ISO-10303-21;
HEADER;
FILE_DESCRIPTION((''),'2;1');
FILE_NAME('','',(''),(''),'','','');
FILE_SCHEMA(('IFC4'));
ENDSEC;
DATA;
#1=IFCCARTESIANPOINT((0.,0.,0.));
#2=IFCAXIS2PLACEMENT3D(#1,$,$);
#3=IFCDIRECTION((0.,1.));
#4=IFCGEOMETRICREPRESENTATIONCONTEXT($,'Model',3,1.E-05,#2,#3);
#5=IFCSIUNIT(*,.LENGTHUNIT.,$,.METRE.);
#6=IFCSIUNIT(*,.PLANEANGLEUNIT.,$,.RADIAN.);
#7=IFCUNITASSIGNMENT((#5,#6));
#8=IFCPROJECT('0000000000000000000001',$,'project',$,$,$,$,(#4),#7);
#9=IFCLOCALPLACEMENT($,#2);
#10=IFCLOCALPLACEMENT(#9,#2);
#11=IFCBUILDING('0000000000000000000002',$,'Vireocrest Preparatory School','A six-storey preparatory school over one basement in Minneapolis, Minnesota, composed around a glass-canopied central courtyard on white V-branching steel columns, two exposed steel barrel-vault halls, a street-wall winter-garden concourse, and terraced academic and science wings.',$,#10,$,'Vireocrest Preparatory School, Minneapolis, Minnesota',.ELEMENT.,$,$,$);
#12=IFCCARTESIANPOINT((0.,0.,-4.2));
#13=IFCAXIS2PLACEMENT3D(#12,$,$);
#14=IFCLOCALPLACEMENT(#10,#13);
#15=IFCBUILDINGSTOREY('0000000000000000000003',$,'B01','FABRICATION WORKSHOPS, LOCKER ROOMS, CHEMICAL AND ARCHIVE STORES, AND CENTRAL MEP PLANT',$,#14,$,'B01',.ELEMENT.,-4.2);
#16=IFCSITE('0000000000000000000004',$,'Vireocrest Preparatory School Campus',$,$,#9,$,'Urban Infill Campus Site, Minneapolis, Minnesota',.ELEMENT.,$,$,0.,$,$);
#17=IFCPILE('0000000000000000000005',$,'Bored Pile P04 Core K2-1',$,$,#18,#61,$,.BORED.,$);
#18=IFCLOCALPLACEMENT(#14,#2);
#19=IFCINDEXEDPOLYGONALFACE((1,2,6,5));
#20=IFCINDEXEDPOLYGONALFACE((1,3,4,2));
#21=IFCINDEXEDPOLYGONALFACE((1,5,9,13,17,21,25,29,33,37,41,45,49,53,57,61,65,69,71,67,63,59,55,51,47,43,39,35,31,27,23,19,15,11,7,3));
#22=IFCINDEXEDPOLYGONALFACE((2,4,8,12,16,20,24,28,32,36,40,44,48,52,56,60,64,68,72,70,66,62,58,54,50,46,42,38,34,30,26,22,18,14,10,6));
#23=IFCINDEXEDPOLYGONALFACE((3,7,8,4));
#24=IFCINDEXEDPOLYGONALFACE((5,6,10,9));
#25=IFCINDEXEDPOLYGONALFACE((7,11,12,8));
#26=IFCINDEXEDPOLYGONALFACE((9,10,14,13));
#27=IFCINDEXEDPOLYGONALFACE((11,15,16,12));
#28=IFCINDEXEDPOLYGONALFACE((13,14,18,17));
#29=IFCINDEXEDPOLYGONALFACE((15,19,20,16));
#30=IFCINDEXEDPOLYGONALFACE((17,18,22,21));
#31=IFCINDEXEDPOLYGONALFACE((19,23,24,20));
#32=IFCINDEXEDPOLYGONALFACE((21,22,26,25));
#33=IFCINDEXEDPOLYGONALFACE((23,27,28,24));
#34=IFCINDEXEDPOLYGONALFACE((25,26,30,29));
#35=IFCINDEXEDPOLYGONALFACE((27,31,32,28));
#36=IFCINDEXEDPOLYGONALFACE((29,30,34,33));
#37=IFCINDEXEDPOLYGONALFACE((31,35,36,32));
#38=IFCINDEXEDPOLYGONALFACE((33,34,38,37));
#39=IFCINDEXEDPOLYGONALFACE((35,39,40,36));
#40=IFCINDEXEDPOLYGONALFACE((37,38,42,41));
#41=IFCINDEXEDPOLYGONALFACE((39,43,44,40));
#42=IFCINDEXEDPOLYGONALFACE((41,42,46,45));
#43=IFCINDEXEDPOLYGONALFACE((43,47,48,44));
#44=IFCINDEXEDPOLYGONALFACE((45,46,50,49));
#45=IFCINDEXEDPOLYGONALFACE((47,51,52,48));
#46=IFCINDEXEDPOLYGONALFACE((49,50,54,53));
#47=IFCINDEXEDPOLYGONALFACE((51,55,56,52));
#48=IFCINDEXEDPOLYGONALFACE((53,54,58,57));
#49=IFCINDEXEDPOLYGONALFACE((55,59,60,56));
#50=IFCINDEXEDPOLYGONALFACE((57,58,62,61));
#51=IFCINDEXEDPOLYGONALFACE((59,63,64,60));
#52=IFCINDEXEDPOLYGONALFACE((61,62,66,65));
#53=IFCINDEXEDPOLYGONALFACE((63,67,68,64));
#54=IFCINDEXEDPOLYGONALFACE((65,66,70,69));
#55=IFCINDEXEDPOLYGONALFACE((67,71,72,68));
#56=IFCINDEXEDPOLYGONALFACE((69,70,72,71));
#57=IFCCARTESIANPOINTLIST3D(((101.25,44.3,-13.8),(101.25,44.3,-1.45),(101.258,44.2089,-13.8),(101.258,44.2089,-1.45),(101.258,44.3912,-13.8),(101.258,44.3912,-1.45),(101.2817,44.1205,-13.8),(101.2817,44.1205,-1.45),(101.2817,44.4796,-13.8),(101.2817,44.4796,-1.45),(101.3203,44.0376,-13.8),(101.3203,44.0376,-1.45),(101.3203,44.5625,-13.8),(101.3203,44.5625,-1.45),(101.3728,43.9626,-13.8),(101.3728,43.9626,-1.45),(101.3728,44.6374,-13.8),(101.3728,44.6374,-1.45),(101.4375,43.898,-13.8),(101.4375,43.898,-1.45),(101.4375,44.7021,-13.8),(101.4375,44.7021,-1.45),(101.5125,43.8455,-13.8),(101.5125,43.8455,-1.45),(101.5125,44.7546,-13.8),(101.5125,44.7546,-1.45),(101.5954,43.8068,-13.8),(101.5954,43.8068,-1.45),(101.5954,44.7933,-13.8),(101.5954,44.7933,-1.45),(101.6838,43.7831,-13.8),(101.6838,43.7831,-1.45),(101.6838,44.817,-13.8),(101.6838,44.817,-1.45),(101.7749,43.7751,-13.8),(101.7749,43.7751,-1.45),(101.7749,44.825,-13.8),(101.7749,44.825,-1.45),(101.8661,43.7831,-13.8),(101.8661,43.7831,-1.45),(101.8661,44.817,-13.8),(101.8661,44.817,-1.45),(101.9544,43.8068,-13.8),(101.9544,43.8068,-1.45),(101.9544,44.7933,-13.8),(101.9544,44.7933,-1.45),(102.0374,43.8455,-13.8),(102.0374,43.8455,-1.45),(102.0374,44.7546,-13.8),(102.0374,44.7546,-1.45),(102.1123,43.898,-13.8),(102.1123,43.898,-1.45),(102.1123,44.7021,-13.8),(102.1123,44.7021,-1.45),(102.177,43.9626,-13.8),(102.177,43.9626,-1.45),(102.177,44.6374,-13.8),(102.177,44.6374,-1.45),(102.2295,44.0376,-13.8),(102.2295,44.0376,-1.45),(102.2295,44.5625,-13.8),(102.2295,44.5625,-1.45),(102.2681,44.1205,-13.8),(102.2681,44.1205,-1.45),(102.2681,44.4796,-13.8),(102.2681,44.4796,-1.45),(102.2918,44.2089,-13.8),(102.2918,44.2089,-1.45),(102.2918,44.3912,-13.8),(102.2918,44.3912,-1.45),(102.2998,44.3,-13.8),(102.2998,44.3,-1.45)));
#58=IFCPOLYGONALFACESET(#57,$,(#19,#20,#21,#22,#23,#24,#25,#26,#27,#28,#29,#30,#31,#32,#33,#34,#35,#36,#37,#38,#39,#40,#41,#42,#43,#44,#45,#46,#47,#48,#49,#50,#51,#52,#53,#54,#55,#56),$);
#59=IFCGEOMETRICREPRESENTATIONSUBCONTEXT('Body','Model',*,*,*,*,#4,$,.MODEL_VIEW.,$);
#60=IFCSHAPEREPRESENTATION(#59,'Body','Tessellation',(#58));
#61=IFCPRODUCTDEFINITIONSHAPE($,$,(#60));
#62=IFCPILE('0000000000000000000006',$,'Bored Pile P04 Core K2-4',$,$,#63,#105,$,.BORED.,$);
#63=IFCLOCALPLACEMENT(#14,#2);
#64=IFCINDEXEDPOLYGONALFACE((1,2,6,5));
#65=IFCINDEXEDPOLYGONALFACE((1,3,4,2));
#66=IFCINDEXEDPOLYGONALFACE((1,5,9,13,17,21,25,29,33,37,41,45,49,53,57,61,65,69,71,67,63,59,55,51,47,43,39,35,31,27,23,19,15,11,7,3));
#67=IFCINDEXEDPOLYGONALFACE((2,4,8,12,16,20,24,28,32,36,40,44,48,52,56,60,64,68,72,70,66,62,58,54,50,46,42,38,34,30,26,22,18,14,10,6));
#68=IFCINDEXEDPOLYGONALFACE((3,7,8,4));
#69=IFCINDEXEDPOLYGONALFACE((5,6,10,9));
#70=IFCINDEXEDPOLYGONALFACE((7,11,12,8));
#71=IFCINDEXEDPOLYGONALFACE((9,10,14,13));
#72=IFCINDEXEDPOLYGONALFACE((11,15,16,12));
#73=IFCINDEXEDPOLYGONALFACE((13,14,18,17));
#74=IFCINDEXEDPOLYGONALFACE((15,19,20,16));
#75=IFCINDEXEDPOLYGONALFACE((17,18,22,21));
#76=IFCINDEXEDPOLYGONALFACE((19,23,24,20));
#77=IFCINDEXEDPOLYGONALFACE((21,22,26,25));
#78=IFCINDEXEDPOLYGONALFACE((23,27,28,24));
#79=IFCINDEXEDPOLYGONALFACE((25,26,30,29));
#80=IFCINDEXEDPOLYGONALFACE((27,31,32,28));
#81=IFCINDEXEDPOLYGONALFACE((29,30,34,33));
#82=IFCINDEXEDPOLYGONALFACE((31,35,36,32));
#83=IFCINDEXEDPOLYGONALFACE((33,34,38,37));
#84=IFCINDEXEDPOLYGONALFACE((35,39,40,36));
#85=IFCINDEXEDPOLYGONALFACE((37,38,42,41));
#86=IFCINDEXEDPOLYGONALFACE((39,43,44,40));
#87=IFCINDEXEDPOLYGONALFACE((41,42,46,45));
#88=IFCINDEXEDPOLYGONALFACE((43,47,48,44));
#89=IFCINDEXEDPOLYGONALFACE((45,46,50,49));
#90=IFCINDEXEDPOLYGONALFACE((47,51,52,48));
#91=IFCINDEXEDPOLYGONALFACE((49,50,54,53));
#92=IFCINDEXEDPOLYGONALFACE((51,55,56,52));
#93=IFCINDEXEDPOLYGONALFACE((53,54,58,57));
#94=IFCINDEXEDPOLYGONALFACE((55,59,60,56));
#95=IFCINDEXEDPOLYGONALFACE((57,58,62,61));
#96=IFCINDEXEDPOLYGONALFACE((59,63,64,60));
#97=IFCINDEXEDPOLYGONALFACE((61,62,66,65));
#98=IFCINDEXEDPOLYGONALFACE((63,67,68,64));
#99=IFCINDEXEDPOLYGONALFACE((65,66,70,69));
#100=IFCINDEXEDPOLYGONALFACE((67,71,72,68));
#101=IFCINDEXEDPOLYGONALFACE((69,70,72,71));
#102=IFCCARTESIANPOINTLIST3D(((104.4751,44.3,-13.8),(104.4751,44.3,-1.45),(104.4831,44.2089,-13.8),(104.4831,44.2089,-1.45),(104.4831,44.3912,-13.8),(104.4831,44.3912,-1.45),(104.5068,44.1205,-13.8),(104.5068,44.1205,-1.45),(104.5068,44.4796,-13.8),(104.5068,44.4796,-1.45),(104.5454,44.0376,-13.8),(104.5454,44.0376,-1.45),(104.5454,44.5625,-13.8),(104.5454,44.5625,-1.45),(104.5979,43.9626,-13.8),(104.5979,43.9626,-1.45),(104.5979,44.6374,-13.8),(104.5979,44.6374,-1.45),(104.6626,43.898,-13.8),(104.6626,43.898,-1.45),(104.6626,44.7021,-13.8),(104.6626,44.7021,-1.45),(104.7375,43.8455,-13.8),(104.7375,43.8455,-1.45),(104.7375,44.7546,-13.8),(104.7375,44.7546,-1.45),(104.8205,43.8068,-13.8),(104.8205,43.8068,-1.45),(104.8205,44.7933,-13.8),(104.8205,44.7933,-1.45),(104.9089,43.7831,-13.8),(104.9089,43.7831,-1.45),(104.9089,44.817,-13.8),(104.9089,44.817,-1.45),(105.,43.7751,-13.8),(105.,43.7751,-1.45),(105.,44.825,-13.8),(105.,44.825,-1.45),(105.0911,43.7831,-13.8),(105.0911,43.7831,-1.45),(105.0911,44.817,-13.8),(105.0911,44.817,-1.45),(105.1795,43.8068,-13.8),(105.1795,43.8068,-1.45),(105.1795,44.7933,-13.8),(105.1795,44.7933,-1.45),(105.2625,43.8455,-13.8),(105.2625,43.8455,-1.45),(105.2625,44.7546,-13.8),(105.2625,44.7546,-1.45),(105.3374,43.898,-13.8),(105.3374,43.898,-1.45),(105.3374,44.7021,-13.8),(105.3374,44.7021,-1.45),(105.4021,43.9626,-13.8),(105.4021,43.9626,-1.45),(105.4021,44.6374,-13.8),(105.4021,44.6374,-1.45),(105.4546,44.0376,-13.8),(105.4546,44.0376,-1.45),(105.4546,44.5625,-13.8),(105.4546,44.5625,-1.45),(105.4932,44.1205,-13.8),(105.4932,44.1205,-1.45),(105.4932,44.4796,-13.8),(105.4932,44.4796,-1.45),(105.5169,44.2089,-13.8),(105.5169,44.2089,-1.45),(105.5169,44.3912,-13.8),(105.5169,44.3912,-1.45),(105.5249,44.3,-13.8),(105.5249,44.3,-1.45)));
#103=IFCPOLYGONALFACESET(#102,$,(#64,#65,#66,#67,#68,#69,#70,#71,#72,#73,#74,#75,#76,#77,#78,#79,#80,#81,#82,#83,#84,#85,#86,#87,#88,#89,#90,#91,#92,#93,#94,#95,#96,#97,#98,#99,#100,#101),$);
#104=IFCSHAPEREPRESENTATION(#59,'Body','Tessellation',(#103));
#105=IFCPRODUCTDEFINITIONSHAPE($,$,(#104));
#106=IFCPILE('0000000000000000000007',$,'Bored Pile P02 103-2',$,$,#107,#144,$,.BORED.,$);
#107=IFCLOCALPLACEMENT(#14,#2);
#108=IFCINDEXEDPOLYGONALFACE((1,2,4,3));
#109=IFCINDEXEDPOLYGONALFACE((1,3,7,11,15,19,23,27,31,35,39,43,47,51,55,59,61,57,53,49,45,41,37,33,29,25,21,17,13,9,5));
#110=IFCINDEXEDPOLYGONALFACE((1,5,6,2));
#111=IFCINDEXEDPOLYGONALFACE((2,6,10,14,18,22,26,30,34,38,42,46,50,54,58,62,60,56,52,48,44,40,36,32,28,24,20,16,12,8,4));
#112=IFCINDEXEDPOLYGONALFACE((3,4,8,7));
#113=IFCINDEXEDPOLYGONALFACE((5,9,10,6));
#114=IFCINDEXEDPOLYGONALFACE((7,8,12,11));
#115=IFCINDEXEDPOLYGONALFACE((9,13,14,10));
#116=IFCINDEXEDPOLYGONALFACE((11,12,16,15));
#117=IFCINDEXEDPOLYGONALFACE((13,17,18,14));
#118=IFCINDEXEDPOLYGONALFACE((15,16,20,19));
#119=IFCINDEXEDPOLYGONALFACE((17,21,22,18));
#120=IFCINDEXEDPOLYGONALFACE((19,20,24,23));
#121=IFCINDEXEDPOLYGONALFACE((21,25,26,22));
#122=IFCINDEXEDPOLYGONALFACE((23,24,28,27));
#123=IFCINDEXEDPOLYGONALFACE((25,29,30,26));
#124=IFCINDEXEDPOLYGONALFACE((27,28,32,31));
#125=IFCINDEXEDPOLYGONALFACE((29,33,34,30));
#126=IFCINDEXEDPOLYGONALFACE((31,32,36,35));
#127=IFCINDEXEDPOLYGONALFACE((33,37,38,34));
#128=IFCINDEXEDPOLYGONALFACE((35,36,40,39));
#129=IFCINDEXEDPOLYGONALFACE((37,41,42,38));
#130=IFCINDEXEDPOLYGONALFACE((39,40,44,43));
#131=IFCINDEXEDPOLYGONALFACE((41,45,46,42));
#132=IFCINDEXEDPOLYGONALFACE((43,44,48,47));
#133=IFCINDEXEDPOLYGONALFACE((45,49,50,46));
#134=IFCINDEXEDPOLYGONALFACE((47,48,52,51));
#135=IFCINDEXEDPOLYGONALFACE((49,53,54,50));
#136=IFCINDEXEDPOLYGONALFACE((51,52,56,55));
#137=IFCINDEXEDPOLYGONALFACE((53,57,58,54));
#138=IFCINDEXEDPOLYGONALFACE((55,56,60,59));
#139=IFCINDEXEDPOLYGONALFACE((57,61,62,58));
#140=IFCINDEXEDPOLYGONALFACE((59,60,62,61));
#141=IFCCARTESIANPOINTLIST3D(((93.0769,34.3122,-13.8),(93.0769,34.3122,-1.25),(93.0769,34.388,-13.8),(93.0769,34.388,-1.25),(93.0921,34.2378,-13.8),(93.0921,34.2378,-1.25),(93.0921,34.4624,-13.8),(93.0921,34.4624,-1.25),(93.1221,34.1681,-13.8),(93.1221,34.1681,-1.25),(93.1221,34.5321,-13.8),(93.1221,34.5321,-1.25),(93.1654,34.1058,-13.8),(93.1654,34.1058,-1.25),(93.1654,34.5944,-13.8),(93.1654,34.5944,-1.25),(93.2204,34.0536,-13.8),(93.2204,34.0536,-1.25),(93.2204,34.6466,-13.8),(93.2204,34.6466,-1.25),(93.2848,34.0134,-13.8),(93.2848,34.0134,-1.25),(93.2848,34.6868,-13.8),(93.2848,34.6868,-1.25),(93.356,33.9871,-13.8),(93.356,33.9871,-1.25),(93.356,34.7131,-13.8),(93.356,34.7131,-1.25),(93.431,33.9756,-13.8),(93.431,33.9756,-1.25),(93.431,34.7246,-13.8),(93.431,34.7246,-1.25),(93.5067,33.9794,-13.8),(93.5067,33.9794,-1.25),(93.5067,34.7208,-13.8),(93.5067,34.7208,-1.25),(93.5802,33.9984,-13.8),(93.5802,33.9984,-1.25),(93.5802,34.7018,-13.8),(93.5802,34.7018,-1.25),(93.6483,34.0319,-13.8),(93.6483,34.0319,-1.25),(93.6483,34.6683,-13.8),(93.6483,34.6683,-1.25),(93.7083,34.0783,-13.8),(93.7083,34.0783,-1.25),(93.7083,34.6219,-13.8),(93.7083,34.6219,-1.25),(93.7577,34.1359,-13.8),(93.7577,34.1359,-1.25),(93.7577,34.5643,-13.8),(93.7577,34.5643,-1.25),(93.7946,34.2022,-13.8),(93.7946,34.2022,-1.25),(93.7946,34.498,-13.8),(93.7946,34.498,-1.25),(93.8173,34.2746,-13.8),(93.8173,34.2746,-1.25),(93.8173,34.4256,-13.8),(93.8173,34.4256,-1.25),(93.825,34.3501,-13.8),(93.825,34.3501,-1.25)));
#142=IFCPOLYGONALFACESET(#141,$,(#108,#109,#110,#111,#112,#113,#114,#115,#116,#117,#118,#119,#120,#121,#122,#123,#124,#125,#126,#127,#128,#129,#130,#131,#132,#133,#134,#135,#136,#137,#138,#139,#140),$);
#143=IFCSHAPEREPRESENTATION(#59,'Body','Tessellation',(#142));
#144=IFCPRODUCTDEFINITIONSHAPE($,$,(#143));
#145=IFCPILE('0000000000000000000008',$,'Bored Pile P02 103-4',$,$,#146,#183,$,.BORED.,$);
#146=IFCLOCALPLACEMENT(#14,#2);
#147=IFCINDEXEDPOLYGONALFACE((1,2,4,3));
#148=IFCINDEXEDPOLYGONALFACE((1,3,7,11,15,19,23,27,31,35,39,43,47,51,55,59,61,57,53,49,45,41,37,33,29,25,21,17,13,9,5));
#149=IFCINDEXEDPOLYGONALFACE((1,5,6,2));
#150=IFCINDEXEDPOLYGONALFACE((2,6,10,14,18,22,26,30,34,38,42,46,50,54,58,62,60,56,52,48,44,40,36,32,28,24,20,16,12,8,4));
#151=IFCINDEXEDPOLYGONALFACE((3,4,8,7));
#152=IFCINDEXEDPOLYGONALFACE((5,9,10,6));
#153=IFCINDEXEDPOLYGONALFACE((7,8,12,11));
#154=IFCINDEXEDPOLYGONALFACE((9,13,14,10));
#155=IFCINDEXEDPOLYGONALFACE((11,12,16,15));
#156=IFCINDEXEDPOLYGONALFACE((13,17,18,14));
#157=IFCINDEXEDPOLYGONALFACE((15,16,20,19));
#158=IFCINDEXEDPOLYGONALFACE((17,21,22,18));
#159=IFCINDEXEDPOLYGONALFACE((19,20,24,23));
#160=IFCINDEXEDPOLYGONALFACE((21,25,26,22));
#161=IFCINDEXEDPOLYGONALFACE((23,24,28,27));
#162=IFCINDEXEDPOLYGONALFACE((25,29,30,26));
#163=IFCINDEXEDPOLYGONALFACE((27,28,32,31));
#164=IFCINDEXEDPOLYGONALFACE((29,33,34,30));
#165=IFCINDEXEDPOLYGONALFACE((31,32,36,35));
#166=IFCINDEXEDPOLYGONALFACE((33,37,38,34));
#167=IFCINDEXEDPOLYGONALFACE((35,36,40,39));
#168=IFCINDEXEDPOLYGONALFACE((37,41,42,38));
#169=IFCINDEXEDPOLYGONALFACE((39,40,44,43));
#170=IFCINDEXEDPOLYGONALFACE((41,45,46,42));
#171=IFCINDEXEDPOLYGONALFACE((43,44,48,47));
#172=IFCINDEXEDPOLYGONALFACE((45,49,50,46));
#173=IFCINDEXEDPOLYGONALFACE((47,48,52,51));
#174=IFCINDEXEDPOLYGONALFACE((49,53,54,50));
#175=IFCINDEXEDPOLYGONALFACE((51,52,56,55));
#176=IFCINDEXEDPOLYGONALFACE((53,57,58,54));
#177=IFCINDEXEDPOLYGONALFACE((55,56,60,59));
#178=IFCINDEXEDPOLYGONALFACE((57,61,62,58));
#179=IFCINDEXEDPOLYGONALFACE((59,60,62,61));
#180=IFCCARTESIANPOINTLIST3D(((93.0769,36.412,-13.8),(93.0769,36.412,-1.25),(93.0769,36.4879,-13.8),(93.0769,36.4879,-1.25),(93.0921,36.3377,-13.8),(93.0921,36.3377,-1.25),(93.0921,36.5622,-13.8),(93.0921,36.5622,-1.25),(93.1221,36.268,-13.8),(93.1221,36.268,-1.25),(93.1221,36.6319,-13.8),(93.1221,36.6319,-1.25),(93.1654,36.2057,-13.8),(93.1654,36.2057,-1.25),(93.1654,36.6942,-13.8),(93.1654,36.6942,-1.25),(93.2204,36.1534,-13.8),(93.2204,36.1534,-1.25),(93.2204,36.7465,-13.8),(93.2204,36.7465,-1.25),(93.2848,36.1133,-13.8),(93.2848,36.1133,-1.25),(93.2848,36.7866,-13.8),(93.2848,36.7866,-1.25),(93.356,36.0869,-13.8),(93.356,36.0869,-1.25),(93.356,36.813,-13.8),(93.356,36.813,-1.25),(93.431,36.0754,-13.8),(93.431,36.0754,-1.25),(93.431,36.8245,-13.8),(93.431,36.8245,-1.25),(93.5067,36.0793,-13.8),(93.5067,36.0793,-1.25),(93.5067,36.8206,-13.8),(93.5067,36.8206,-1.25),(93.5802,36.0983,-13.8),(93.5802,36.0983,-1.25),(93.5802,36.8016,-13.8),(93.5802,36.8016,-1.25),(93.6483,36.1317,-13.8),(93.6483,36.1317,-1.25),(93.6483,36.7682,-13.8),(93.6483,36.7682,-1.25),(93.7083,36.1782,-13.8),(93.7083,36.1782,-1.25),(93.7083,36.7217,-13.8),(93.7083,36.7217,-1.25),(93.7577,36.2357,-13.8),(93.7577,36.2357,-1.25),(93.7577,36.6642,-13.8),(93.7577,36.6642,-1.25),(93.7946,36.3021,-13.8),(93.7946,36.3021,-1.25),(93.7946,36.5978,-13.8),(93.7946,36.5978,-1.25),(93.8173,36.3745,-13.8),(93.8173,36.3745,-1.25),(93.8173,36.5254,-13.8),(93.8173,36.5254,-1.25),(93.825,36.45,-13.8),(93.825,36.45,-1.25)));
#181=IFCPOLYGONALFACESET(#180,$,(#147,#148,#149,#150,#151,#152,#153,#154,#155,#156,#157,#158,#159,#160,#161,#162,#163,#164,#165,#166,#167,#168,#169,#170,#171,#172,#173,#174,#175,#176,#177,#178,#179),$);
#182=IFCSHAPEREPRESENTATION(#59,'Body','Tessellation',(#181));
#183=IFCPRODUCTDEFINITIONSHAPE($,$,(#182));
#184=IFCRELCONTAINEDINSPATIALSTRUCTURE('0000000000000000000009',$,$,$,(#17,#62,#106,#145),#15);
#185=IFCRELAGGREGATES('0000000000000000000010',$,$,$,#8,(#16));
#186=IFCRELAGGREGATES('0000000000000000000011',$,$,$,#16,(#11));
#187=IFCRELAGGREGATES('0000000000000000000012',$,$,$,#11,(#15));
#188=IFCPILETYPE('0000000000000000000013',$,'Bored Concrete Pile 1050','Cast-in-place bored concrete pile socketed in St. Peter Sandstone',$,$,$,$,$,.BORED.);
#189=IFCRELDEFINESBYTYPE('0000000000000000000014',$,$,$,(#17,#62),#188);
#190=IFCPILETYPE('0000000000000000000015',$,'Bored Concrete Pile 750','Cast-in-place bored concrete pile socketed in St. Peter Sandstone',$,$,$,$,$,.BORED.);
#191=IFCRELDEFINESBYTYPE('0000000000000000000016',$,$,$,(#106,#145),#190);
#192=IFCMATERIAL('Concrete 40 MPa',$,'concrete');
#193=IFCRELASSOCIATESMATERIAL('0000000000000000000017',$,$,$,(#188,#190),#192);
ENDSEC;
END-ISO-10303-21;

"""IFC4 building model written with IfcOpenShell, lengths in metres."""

from ifc_helpers import new_model, si_unit, direction, frame, origin, origin_2d, place, context, subcontext, project, spatial, circle, extrude, material, material_profile, profile_set, type_object, element, save


model = new_model("IFC4")

# Units and contexts
model_context = context("Model", 3, precision=1e-05, world=origin(), true_north=direction((0.0, 1.0)))
body_context = subcontext(model_context, "Body", "Model", "MODEL_VIEW")
ifc_project = project(units=[si_unit("LENGTHUNIT", "METRE"), si_unit("PLANEANGLEUNIT", "RADIAN")], contexts=[model_context])

# Site, building, storey
site_placement = place(None, origin())
site = spatial("IfcSite", under=ifc_project, at=site_placement, Name="Vireocrest Preparatory School Campus", LongName="Urban Infill Campus Site, Minneapolis, Minnesota", CompositionType="ELEMENT", RefElevation=0.0)
building_placement = place(site_placement, origin())
building = spatial("IfcBuilding", under=site, at=building_placement, Name="Vireocrest Preparatory School", Description="A six-storey preparatory school over one basement in Minneapolis, Minnesota, composed around a glass-canopied central courtyard on white V-branching steel columns, two exposed steel barrel-vault halls, a street-wall winter-garden concourse, and terraced academic and science wings.", LongName="Vireocrest Preparatory School, Minneapolis, Minnesota", CompositionType="ELEMENT")
storey_placement = place(building_placement, frame((0.0, 0.0, -4.2)))
storey = spatial("IfcBuildingStorey", under=building, at=storey_placement, Name="B01", Description="FABRICATION WORKSHOPS, LOCKER ROOMS, CHEMICAL AND ARCHIVE STORES, AND CENTRAL MEP PLANT", LongName="B01", CompositionType="ELEMENT", Elevation=-4.2)

# Piles
ifc_material_1 = material(Name="Concrete 40 MPa", Category="concrete")
ifc_material_profile_1 = material_profile(ifc_material_1, circle(Radius=0.5249, at=origin_2d()), Name="BORED PILE 1050")
ifc_profile_set_1 = profile_set([ifc_material_profile_1], Name="Concrete 40 MPa")
pile_type_1 = type_object("IfcPileType", Name="Bored Concrete Pile 1050", Description="Cast-in-place bored concrete pile socketed in St. Peter Sandstone", PredefinedType="BORED", material=ifc_profile_set_1)
for number, where, z_axis, x_axis, name in (
    (1, (101.7749, 44.3, -1.45), (0.0, 0.0, -1.0), (1.0, 0.0, 0.0), "Bored Pile P04 Core K2-1"),
    (2, (105.0, 44.3, -1.45), (0.0, 0.0, -1.0), (1.0, 0.0, 0.0), "Bored Pile P04 Core K2-4"),
):
    element("IfcPile", number, at=place(storey_placement, frame(where, z_axis=z_axis, x_axis=x_axis)), inside=storey, type_object=pile_type_1, Name=name, PredefinedType="BORED", context=body_context, shape_type="SweptSolid", body=[
        extrude(circle(Radius=0.5249, at=origin_2d()), origin(), (0.0, 0.0, 1.0), 12.3501),
    ])
ifc_material_profile_2 = material_profile(ifc_material_1, circle(Radius=0.375, at=origin_2d()), Name="BORED PILE 750")
ifc_profile_set_2 = profile_set([ifc_material_profile_2], Name="Concrete 40 MPa")
pile_type_2 = type_object("IfcPileType", Name="Bored Concrete Pile 750", Description="Cast-in-place bored concrete pile socketed in St. Peter Sandstone", PredefinedType="BORED", material=ifc_profile_set_2)
for number, where, z_axis, x_axis, name in (
    (3, (93.45, 34.3501, -1.25), (0.0, 0.0, -1.0), (1.0, 0.0, 0.0), "Bored Pile P02 103-2"),
    (4, (93.45, 36.45, -1.25), (0.0, 0.0, -1.0), (1.0, 0.0, 0.0), "Bored Pile P02 103-4"),
):
    element("IfcPile", number, at=place(storey_placement, frame(where, z_axis=z_axis, x_axis=x_axis)), inside=storey, type_object=pile_type_2, Name=name, PredefinedType="BORED", context=body_context, shape_type="SweptSolid", body=[
        extrude(circle(Radius=0.375, at=origin_2d()), origin(), (0.0, 0.0, 1.0), 12.55),
    ])

save(model, "model.ifc")
